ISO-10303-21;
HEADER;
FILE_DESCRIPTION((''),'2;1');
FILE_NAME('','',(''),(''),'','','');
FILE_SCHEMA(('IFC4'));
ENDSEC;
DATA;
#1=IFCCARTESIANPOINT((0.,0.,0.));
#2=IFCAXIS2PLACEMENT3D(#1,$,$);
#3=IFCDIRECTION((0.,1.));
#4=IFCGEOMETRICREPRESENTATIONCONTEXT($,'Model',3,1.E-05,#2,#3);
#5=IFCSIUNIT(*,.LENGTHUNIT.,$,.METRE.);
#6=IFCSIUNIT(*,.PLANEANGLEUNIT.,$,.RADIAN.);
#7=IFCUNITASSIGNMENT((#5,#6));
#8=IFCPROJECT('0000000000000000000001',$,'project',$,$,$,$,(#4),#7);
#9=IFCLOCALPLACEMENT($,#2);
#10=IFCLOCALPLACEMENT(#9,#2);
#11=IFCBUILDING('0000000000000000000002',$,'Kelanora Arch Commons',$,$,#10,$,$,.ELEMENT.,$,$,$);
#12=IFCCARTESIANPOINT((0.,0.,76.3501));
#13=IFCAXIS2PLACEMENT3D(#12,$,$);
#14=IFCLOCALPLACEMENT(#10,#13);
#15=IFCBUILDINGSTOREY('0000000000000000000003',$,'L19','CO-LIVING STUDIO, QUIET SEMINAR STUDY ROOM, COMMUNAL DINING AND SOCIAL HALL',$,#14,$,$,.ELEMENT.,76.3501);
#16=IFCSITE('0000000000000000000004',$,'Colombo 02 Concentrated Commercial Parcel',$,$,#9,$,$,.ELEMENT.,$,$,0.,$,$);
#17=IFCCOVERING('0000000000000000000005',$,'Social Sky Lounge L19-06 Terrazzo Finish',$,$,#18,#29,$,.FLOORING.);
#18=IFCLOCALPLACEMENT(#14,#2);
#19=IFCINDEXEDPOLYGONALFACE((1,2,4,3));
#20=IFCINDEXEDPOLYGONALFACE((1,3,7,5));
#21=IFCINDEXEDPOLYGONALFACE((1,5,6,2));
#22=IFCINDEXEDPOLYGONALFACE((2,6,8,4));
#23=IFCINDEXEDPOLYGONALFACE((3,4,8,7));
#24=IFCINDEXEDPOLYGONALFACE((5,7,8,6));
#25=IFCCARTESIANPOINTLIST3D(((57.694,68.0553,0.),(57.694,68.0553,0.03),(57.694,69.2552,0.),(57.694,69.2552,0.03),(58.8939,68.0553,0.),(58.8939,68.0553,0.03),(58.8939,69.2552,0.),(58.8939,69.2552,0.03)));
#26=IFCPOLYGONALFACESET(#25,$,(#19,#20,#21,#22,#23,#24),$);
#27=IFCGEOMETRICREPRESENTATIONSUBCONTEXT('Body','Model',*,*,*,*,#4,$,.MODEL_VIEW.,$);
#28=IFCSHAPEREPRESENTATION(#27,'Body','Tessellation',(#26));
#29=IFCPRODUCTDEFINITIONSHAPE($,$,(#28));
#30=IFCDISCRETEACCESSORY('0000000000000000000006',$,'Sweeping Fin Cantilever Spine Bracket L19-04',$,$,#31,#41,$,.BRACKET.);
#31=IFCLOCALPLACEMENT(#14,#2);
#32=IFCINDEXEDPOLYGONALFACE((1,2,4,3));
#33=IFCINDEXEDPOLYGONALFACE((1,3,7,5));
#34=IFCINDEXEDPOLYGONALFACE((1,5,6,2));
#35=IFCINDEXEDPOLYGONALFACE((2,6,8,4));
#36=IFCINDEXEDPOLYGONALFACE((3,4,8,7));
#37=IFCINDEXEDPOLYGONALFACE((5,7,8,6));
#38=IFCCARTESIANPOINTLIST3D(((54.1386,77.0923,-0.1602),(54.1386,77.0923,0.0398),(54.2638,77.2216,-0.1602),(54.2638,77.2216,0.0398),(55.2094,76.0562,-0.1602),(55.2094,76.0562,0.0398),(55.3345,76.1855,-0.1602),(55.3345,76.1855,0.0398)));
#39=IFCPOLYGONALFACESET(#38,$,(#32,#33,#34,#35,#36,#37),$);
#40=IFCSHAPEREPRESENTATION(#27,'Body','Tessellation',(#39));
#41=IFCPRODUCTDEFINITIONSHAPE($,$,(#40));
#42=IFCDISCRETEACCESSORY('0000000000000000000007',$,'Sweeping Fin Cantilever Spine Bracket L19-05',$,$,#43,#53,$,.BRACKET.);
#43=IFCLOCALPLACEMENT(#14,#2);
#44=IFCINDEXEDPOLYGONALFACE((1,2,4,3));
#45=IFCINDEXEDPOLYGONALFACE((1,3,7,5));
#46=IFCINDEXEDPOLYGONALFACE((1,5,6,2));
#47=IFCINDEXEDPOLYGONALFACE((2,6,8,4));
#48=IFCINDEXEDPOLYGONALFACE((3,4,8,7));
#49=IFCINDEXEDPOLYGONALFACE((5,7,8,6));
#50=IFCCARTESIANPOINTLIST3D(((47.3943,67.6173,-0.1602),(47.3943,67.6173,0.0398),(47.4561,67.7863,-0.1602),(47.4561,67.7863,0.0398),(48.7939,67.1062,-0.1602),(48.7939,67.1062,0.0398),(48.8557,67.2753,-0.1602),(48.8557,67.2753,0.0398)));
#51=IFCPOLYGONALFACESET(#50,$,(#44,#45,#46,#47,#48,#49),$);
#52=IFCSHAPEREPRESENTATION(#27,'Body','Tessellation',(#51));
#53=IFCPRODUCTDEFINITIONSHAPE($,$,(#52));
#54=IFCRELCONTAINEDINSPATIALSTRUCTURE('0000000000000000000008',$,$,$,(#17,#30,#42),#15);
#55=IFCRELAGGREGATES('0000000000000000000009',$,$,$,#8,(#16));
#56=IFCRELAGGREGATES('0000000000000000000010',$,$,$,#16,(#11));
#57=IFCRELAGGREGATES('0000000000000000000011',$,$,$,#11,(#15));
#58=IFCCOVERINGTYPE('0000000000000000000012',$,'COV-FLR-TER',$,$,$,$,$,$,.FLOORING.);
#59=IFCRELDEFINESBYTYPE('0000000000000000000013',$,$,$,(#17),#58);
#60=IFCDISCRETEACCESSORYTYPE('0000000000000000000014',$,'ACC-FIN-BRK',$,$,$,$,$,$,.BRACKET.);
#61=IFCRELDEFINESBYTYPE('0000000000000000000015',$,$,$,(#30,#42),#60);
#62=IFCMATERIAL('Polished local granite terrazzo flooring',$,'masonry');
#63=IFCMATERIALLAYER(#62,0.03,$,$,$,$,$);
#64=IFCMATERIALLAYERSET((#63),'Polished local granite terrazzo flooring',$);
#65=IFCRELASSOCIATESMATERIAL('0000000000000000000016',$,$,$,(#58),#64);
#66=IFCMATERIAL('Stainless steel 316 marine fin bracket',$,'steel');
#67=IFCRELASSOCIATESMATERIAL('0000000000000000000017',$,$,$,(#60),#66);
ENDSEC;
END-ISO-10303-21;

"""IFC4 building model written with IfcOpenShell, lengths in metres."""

from ifc_helpers import new_model, si_unit, direction, frame, origin, origin_2d, place, context, subcontext, project, spatial, rectangle, extrude, source, transform, mapped, material, layer, layer_set, type_object, element, save


model = new_model("IFC4")

# Units and contexts
model_context = context("Model", 3, precision=1e-05, world=origin(), true_north=direction((0.0, 1.0)))
body_context = subcontext(model_context, "Body", "Model", "MODEL_VIEW")
ifc_project = project(units=[si_unit("LENGTHUNIT", "METRE"), si_unit("PLANEANGLEUNIT", "RADIAN")], contexts=[model_context])

# Site, building, storey
site_placement = place(None, origin())
site = spatial("IfcSite", under=ifc_project, at=site_placement, Name="Colombo 02 Concentrated Commercial Parcel", CompositionType="ELEMENT", RefElevation=0.0)
building_placement = place(site_placement, origin())
building = spatial("IfcBuilding", under=site, at=building_placement, Name="Kelanora Arch Commons", CompositionType="ELEMENT")
storey_placement = place(building_placement, frame((0.0, 0.0, 76.3501)))
storey = spatial("IfcBuildingStorey", under=building, at=storey_placement, Name="L19", Description="CO-LIVING STUDIO, QUIET SEMINAR STUDY ROOM, COMMUNAL DINING AND SOCIAL HALL", CompositionType="ELEMENT", Elevation=76.3501)

# Covering
ifc_material_1 = material(Name="Polished local granite terrazzo flooring", Category="masonry")
ifc_layer_1 = layer(ifc_material_1, 0.03)
ifc_layer_set_1 = layer_set([ifc_layer_1], Name="Polished local granite terrazzo flooring")
covering_type = type_object("IfcCoveringType", Name="COV-FLR-TER", PredefinedType="FLOORING", material=ifc_layer_set_1)
shared_shape_1 = source(origin(), body_context, "Body", "SweptSolid", [
    extrude(rectangle(XDim=1.2, YDim=1.2, at=origin_2d()), origin(), (0.0, 0.0, 1.0), 0.03),
])
covering_placement = place(storey_placement, frame((58.2939, 68.6553, 0.0), z_axis=(0.0, 0.0, 1.0), x_axis=(1.0, 0.0, 0.0)))
element("IfcCovering", 1, at=covering_placement, inside=storey, type_object=covering_type, Name="Social Sky Lounge L19-06 Terrazzo Finish", PredefinedType="FLOORING", context=body_context, shape_type="MappedRepresentation", body=[
    mapped(shared_shape_1, transform((0.0, 0.0, 0.0), scale=1.0)),
])

# Discrete accessories
ifc_material_2 = material(Name="Stainless steel 316 marine fin bracket", Category="steel")
discrete_accessory_type = type_object("IfcDiscreteAccessoryType", Name="ACC-FIN-BRK", PredefinedType="BRACKET", material=ifc_material_2)
shared_shape_2 = source(origin(), body_context, "Body", "SweptSolid", [
    extrude(rectangle(XDim=1.49, YDim=0.1799, at=origin_2d()), origin(), (0.0, 0.0, 1.0), 0.2),
])
for number, where, z_axis, x_axis, name in (
    (2, (54.7366, 76.6389, -0.1602), (0.0, 0.0, 1.0), (-0.718612, 0.695411, 0.0), "Sweeping Fin Cantilever Spine Bracket L19-04"),
    (3, (48.125, 67.4463, -0.1602), (0.0, 0.0, 1.0), (-0.939334, 0.343004, 0.0), "Sweeping Fin Cantilever Spine Bracket L19-05"),
):
    element("IfcDiscreteAccessory", number, at=place(storey_placement, frame(where, z_axis=z_axis, x_axis=x_axis)), inside=storey, type_object=discrete_accessory_type, Name=name, PredefinedType="BRACKET", context=body_context, shape_type="MappedRepresentation", body=[
        mapped(shared_shape_2, transform((0.0, 0.0, 0.0), scale=1.0)),
    ])

save(model, "model.ifc")
